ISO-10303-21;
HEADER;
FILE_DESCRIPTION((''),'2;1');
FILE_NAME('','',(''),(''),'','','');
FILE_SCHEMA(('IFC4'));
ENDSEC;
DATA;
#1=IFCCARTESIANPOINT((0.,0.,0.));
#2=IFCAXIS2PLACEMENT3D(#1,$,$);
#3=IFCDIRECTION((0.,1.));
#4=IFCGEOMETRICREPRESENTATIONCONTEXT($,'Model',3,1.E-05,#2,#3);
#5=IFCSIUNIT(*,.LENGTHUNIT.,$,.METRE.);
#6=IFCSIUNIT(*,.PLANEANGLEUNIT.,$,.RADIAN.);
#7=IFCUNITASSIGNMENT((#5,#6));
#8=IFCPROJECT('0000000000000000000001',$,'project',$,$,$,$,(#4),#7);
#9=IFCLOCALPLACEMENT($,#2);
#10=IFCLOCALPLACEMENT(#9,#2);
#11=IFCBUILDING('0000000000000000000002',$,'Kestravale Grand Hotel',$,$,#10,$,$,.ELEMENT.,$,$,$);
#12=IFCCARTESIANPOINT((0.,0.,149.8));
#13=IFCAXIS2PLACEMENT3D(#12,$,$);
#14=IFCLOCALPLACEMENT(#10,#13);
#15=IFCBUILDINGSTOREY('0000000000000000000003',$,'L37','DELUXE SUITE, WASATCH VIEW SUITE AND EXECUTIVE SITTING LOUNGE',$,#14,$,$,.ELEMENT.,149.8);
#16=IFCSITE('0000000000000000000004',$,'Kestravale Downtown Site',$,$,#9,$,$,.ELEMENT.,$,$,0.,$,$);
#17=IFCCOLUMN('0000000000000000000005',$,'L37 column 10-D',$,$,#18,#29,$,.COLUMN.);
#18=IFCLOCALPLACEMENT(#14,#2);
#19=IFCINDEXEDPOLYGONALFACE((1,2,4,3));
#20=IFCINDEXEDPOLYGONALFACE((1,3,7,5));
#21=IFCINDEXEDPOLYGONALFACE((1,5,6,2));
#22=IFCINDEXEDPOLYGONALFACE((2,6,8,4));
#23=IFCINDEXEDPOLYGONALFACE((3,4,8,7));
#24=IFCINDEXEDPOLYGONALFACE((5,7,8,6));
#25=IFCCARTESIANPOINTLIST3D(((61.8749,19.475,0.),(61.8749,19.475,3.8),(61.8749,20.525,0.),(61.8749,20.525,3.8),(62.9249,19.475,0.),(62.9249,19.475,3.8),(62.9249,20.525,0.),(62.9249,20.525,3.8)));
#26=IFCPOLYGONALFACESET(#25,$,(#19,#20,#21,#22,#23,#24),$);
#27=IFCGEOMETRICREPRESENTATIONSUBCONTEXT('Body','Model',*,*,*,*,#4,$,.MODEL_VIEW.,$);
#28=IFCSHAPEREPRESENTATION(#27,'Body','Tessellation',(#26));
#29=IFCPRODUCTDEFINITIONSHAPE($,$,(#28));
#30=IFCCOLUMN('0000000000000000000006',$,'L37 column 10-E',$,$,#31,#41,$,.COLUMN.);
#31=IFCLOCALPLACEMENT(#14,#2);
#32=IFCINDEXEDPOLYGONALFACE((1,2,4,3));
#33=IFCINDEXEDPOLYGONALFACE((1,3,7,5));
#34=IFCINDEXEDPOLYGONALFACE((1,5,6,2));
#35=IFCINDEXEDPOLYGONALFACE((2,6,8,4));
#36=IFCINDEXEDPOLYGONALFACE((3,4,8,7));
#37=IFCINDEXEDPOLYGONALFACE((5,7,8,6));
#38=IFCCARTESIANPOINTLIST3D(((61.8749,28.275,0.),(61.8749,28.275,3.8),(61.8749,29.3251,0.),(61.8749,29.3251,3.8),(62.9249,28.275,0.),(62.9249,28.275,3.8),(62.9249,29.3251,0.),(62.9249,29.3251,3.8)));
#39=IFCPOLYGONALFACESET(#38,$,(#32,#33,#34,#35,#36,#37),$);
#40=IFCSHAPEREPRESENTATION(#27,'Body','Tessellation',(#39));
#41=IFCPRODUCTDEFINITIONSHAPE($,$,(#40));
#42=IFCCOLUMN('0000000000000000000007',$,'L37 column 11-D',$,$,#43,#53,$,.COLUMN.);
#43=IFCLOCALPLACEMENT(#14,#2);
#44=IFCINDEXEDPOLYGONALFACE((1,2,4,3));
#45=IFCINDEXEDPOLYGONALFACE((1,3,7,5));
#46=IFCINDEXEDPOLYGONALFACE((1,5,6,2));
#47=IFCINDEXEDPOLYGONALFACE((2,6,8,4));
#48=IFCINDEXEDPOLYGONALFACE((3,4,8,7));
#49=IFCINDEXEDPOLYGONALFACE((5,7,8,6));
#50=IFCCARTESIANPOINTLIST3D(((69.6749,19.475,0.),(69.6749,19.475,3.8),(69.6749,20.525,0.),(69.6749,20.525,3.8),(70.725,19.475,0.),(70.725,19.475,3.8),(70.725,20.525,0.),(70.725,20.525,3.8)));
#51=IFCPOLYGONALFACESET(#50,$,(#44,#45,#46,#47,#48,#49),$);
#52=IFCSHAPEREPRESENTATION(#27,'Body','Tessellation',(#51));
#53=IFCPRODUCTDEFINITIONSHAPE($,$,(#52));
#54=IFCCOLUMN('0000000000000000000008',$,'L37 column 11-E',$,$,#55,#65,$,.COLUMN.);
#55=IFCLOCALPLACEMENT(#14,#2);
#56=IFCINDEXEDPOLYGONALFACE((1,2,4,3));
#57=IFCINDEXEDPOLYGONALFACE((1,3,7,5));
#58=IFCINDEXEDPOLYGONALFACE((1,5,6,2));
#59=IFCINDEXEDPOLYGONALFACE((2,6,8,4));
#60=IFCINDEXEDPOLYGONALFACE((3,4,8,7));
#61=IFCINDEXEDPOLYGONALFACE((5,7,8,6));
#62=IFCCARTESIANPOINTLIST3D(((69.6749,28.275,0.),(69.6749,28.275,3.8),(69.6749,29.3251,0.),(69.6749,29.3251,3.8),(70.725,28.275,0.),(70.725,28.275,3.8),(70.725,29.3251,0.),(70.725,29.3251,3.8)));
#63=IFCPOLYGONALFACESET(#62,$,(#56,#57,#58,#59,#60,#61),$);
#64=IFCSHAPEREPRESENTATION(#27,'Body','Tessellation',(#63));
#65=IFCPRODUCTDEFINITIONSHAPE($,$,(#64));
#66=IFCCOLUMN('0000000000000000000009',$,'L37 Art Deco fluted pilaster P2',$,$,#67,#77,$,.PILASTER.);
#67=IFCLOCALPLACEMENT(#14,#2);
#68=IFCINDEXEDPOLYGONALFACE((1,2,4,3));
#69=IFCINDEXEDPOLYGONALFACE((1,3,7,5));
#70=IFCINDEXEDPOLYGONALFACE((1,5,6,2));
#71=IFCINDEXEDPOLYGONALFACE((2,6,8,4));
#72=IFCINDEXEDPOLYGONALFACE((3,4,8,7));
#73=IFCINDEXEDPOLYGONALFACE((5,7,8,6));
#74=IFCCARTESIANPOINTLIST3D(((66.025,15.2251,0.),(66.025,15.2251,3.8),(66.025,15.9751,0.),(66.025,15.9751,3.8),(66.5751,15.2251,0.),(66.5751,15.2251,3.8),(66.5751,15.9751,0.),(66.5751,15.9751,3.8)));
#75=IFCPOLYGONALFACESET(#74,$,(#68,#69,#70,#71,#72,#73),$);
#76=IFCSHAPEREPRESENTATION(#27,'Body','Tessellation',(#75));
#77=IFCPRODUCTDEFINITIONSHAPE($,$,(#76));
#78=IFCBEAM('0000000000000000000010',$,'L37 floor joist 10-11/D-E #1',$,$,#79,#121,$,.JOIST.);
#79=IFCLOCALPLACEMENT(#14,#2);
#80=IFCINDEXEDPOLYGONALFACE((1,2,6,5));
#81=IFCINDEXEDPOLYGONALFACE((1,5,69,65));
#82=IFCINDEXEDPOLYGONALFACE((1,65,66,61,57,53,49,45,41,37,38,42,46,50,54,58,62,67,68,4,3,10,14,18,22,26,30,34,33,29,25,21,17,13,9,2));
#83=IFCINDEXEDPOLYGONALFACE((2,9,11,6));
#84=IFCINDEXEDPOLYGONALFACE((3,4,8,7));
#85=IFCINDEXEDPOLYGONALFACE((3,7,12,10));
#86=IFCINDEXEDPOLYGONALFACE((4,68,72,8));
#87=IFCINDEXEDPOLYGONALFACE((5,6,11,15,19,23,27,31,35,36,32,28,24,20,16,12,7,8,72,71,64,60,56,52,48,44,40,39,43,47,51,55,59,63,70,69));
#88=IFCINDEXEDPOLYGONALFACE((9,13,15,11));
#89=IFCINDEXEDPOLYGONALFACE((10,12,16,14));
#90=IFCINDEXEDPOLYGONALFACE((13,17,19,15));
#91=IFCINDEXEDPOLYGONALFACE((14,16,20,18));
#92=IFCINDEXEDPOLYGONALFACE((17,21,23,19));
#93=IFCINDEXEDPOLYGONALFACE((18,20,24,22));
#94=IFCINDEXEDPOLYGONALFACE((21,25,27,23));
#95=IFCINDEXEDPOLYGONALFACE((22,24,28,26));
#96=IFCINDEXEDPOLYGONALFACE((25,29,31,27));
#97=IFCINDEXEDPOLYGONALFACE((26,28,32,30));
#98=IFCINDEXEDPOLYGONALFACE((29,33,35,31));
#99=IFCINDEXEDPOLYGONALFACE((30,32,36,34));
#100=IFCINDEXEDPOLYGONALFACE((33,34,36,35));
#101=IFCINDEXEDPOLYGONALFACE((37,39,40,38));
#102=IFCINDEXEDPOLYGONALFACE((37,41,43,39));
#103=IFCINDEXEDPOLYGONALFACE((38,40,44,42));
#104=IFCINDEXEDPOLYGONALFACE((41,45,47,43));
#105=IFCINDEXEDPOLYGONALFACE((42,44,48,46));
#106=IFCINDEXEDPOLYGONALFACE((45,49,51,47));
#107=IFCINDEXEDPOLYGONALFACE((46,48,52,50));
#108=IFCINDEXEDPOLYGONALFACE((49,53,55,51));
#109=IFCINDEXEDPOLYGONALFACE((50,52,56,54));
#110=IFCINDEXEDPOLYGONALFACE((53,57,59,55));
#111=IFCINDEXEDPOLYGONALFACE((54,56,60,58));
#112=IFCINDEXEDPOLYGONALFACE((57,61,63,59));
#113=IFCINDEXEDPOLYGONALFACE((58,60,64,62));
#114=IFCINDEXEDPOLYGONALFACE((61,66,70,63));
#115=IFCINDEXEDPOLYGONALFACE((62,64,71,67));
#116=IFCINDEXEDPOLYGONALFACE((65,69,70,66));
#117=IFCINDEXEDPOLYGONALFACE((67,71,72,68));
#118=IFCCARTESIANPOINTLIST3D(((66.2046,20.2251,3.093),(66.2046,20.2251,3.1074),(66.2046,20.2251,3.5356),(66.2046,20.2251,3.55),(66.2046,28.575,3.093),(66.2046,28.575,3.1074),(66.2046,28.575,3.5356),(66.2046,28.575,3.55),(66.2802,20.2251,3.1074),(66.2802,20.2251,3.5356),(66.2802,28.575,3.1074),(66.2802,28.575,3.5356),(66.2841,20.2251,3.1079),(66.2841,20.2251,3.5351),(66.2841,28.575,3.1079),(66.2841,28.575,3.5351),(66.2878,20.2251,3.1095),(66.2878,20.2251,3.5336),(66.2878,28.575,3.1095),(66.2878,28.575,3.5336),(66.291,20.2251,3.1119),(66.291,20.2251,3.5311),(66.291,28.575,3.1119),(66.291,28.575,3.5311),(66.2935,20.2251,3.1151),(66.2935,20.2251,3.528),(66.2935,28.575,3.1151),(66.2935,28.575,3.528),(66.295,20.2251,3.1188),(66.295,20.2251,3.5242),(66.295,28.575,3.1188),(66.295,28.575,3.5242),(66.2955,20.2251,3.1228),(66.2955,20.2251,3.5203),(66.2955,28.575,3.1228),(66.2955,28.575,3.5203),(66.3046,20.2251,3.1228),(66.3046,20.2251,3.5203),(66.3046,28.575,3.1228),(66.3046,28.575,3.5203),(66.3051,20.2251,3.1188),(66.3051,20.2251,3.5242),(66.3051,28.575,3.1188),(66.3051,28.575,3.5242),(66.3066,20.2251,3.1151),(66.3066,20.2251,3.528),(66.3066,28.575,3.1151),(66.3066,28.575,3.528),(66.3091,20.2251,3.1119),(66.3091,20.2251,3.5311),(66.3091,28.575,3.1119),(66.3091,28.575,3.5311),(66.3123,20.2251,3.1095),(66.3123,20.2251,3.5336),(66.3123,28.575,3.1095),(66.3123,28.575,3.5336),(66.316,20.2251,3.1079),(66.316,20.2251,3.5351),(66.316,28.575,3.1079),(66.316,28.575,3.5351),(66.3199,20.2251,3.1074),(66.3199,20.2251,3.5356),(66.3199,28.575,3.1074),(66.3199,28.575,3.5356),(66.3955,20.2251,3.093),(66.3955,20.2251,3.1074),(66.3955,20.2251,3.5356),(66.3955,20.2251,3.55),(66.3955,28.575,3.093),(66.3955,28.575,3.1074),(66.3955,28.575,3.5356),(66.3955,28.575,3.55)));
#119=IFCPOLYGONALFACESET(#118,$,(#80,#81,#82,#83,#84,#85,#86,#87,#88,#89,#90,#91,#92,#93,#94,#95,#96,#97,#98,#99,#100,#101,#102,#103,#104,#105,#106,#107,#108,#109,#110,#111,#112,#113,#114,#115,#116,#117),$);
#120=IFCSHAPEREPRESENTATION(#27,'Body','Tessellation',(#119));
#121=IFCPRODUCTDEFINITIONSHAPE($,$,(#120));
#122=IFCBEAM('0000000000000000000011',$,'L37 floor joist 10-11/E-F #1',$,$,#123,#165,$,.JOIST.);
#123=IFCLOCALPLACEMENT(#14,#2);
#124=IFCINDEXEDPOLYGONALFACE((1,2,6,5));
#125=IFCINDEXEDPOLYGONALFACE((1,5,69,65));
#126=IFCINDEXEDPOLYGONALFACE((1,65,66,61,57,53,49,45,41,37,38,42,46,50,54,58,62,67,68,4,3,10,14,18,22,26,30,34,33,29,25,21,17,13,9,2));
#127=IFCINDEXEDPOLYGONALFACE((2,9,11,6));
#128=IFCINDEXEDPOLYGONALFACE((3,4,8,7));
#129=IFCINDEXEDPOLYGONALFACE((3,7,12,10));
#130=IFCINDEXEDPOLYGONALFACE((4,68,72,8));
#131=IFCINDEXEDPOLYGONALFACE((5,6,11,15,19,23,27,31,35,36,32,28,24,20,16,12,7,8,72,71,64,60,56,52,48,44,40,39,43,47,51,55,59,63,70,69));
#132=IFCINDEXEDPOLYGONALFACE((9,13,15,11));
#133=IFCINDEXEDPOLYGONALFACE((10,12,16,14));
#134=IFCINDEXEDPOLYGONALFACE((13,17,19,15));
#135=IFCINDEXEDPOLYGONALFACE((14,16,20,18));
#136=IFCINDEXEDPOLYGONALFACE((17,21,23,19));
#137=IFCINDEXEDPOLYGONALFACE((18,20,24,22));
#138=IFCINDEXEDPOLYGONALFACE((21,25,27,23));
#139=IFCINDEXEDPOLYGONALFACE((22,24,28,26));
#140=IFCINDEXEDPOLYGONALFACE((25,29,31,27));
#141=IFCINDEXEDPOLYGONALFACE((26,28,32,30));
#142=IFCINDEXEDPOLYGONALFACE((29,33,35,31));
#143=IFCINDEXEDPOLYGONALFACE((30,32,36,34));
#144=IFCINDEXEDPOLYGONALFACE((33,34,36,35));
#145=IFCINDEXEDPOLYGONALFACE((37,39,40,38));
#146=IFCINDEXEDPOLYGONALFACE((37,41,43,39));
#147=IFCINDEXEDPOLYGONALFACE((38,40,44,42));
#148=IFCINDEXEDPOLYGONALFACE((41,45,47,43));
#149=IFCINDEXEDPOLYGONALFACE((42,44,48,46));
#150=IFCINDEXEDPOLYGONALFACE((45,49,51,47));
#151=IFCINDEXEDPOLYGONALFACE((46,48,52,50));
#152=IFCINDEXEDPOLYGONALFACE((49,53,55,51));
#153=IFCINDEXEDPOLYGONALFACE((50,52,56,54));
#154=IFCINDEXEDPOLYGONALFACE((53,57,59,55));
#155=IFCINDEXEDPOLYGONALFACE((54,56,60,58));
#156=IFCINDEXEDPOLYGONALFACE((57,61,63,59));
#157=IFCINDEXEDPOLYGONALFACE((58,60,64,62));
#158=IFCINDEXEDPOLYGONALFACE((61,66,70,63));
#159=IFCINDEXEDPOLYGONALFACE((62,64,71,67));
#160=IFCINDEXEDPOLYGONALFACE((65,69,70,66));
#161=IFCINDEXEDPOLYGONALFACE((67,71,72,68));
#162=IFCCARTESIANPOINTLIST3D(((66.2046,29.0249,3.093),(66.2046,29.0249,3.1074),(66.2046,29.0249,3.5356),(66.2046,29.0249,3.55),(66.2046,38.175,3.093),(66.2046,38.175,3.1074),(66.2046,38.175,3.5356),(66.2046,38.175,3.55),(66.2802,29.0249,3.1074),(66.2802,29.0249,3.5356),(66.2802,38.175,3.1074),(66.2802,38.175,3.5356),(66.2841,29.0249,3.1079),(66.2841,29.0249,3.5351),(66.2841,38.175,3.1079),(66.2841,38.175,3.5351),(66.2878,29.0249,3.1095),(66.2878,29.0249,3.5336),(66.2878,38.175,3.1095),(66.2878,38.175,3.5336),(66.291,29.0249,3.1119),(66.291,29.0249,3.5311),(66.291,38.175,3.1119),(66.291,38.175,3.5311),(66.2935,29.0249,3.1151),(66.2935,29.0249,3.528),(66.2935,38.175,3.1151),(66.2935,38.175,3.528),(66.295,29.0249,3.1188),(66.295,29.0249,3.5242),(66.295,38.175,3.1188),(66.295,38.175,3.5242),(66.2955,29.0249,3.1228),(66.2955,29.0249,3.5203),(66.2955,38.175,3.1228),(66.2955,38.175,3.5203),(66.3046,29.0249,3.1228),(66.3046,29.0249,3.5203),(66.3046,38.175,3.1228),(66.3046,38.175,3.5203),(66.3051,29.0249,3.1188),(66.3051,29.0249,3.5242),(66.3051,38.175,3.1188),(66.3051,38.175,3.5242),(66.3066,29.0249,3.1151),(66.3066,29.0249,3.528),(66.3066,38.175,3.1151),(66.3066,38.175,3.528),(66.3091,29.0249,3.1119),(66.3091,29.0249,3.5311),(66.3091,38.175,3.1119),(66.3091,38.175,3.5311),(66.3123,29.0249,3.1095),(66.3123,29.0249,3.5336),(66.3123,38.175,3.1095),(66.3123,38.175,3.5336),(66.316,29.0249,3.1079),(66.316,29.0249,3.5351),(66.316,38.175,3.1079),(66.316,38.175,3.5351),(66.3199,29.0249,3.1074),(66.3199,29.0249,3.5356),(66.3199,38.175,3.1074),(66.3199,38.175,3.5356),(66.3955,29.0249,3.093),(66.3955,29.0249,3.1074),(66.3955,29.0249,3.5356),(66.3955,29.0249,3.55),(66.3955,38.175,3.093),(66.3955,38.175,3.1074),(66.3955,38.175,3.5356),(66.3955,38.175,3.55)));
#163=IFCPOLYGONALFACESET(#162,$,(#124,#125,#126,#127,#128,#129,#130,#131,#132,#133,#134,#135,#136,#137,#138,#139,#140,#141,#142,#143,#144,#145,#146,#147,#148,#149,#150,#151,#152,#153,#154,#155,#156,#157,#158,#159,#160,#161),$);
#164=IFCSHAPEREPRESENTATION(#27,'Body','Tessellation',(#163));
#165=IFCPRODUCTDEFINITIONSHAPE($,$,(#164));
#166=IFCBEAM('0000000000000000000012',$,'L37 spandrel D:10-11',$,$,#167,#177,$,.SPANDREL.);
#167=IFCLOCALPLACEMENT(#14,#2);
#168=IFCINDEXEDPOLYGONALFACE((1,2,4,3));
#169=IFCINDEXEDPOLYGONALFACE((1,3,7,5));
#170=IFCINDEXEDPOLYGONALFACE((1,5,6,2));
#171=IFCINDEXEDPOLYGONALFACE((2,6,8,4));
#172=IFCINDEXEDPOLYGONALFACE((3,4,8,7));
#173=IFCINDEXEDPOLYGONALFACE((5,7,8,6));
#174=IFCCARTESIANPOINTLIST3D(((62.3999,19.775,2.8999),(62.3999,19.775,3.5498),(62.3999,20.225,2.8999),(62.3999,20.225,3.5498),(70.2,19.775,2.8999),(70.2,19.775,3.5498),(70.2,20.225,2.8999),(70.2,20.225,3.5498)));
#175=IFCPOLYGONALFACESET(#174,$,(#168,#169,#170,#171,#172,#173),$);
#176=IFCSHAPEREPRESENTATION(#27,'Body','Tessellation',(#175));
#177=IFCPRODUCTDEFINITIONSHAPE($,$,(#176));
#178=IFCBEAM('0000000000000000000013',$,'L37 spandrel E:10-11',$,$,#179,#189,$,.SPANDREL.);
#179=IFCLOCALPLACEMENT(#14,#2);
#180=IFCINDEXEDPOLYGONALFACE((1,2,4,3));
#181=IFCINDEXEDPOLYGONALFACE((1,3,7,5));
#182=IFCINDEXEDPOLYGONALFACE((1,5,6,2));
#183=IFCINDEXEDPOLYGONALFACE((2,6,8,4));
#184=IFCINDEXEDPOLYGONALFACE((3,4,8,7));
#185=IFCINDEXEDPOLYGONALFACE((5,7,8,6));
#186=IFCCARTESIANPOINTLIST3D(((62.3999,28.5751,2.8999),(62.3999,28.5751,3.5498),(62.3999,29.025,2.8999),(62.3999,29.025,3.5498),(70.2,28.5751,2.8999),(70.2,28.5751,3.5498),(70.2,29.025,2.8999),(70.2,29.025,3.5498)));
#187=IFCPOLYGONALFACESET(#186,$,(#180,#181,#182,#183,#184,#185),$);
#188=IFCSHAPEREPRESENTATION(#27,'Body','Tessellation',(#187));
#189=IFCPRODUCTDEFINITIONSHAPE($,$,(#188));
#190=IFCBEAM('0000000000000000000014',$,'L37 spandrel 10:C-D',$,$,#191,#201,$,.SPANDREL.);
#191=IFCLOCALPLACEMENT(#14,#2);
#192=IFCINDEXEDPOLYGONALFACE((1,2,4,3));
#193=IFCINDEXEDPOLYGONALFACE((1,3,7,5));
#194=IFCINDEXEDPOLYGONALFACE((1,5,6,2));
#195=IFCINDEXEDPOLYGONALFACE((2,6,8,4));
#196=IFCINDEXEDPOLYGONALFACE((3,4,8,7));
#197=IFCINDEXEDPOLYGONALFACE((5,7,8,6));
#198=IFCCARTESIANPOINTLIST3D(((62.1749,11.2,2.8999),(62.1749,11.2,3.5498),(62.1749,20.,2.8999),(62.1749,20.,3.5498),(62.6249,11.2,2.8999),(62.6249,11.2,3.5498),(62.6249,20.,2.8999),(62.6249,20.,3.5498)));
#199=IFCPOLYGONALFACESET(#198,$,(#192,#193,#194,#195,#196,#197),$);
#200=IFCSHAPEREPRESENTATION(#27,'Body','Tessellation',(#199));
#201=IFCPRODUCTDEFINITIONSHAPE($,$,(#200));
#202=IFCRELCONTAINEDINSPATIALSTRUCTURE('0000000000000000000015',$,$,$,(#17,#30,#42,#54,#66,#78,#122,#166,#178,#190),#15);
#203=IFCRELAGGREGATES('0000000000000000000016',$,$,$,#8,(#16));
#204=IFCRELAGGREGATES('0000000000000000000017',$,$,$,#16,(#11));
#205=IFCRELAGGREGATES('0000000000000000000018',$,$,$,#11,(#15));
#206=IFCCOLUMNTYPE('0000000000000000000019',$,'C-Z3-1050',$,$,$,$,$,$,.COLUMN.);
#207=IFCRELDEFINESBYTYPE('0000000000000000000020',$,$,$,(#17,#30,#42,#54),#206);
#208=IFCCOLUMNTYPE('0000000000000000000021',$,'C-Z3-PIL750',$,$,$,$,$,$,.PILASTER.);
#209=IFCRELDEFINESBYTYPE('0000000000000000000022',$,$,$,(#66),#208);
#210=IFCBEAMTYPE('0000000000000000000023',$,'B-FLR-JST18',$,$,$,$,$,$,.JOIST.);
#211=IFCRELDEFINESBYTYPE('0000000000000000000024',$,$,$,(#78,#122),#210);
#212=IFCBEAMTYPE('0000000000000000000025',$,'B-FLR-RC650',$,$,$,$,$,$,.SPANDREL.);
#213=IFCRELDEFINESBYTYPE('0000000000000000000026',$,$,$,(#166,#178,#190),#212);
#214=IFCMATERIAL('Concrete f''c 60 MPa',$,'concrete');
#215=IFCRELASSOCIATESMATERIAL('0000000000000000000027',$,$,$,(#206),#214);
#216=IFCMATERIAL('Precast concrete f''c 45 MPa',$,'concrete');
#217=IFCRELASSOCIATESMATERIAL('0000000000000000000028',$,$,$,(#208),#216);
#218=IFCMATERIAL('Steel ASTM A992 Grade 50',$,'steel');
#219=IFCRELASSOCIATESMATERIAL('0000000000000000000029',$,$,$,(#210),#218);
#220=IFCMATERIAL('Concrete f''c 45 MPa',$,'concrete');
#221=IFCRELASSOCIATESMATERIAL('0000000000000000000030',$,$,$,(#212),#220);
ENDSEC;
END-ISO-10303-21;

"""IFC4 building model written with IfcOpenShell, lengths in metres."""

from ifc_helpers import new_model, si_unit, direction, frame, origin, origin_2d, place, context, subcontext, project, spatial, rectangle, i_section, extrude, material, material_profile, profile_set, type_object, element, save


model = new_model("IFC4")

# Units and contexts
model_context = context("Model", 3, precision=1e-05, world=origin(), true_north=direction((0.0, 1.0)))
body_context = subcontext(model_context, "Body", "Model", "MODEL_VIEW")
ifc_project = project(units=[si_unit("LENGTHUNIT", "METRE"), si_unit("PLANEANGLEUNIT", "RADIAN")], contexts=[model_context])

# Site, building, storey
site_placement = place(None, origin())
site = spatial("IfcSite", under=ifc_project, at=site_placement, Name="Kestravale Downtown Site", CompositionType="ELEMENT", RefElevation=0.0)
building_placement = place(site_placement, origin())
building = spatial("IfcBuilding", under=site, at=building_placement, Name="Kestravale Grand Hotel", CompositionType="ELEMENT")
storey_placement = place(building_placement, frame((0.0, 0.0, 149.8)))
storey = spatial("IfcBuildingStorey", under=building, at=storey_placement, Name="L37", Description="DELUXE SUITE, WASATCH VIEW SUITE AND EXECUTIVE SITTING LOUNGE", CompositionType="ELEMENT", Elevation=149.8)

# Columns
ifc_material_1 = material(Name="Concrete f'c 60 MPa", Category="concrete")
ifc_material_profile_1 = material_profile(ifc_material_1, rectangle(XDim=1.05, YDim=1.05, at=origin_2d()))
ifc_profile_set_1 = profile_set([ifc_material_profile_1], Name="Concrete f'c 60 MPa")
column_type_1 = type_object("IfcColumnType", Name="C-Z3-1050", PredefinedType="COLUMN", material=ifc_profile_set_1)
for number, where, z_axis, x_axis, name in (
    (1, (62.3999, 20.0, 0.0), (0.0, 0.0, 1.0), (1.0, 0.0, 0.0), "L37 column 10-D"),
    (2, (62.3999, 28.8, 0.0), (0.0, 0.0, 1.0), (1.0, 0.0, 0.0), "L37 column 10-E"),
    (3, (70.2, 20.0, 0.0), (0.0, 0.0, 1.0), (1.0, 0.0, 0.0), "L37 column 11-D"),
    (4, (70.2, 28.8, 0.0), (0.0, 0.0, 1.0), (1.0, 0.0, 0.0), "L37 column 11-E"),
):
    element("IfcColumn", number, at=place(storey_placement, frame(where, z_axis=z_axis, x_axis=x_axis)), inside=storey, type_object=column_type_1, Name=name, PredefinedType="COLUMN", context=body_context, shape_type="SweptSolid", body=[
        extrude(rectangle(XDim=1.05, YDim=1.05, at=origin_2d()), origin(), (0.0, 0.0, 1.0), 3.8),
    ])
ifc_material_2 = material(Name="Precast concrete f'c 45 MPa", Category="concrete")
ifc_material_profile_2 = material_profile(ifc_material_2, rectangle(XDim=0.55, YDim=0.75, at=origin_2d()))
ifc_profile_set_2 = profile_set([ifc_material_profile_2], Name="Precast concrete f'c 45 MPa")
column_type_2 = type_object("IfcColumnType", Name="C-Z3-PIL750", PredefinedType="PILASTER", material=ifc_profile_set_2)
column_placement = place(storey_placement, frame((66.3, 15.6001, 0.0), z_axis=(0.0, 0.0, 1.0), x_axis=(1.0, 0.0, 0.0)))
element("IfcColumn", 5, at=column_placement, inside=storey, type_object=column_type_2, Name="L37 Art Deco fluted pilaster P2", PredefinedType="PILASTER", context=body_context, shape_type="SweptSolid", body=[
    extrude(rectangle(XDim=0.55, YDim=0.75, at=origin_2d()), origin(), (0.0, 0.0, 1.0), 3.8),
])

# Beams
ifc_material_3 = material(Name="Steel ASTM A992 Grade 50", Category="steel")
ifc_material_profile_3 = material_profile(ifc_material_3, i_section(OverallWidth=0.1909, OverallDepth=0.457, WebThickness=0.009, FlangeThickness=0.0144, FilletRadius=0.0154, at=origin_2d()))
ifc_profile_set_3 = profile_set([ifc_material_profile_3], Name="Steel ASTM A992 Grade 50")
beam_type_1 = type_object("IfcBeamType", Name="B-FLR-JST18", PredefinedType="JOIST", material=ifc_profile_set_3)
beam_1_placement = place(storey_placement, frame((66.3, 20.2251, 3.3215), z_axis=(0.0, 1.0, 0.0), x_axis=(-1.0, 0.0, 0.0)))
element("IfcBeam", 6, at=beam_1_placement, inside=storey, type_object=beam_type_1, Name="L37 floor joist 10-11/D-E #1", PredefinedType="JOIST", context=body_context, shape_type="SweptSolid", body=[
    extrude(i_section(OverallWidth=0.1909, OverallDepth=0.457, WebThickness=0.009, FlangeThickness=0.0144, FilletRadius=0.0154, at=origin_2d()), origin(), (0.0, 0.0, 1.0), 8.3499),
])
beam_2_placement = place(storey_placement, frame((66.3, 29.0249, 3.3215), z_axis=(0.0, 1.0, 0.0), x_axis=(-1.0, 0.0, 0.0)))
element("IfcBeam", 7, at=beam_2_placement, inside=storey, type_object=beam_type_1, Name="L37 floor joist 10-11/E-F #1", PredefinedType="JOIST", context=body_context, shape_type="SweptSolid", body=[
    extrude(i_section(OverallWidth=0.1909, OverallDepth=0.457, WebThickness=0.009, FlangeThickness=0.0144, FilletRadius=0.0154, at=origin_2d()), origin(), (0.0, 0.0, 1.0), 9.1501),
])
ifc_material_4 = material(Name="Concrete f'c 45 MPa", Category="concrete")
ifc_material_profile_4 = material_profile(ifc_material_4, rectangle(XDim=0.45, YDim=0.6499, at=origin_2d()))
ifc_profile_set_4 = profile_set([ifc_material_profile_4], Name="Concrete f'c 45 MPa")
beam_type_2 = type_object("IfcBeamType", Name="B-FLR-RC650", PredefinedType="SPANDREL", material=ifc_profile_set_4)
for number, where, z_axis, x_axis, name in (
    (8, (62.3999, 20.0, 3.2249), (1.0, 0.0, 0.0), (0.0, 1.0, 0.0), "L37 spandrel D:10-11"),
    (9, (62.3999, 28.8, 3.2249), (1.0, 0.0, 0.0), (0.0, 1.0, 0.0), "L37 spandrel E:10-11"),
):
    element("IfcBeam", number, at=place(storey_placement, frame(where, z_axis=z_axis, x_axis=x_axis)), inside=storey, type_object=beam_type_2, Name=name, PredefinedType="SPANDREL", context=body_context, shape_type="SweptSolid", body=[
        extrude(rectangle(XDim=0.45, YDim=0.6499, at=origin_2d()), origin(), (0.0, 0.0, 1.0), 7.8),
    ])
for number, where, z_axis, x_axis, name in (
    (10, (62.3999, 11.2, 3.2249), (0.0, 1.0, 0.0), (-1.0, 0.0, 0.0), "L37 spandrel 10:C-D"),
):
    element("IfcBeam", number, at=place(storey_placement, frame(where, z_axis=z_axis, x_axis=x_axis)), inside=storey, type_object=beam_type_2, Name=name, PredefinedType="SPANDREL", context=body_context, shape_type="SweptSolid", body=[
        extrude(rectangle(XDim=0.45, YDim=0.6499, at=origin_2d()), origin(), (0.0, 0.0, 1.0), 8.8),
    ])

save(model, "model.ifc")
